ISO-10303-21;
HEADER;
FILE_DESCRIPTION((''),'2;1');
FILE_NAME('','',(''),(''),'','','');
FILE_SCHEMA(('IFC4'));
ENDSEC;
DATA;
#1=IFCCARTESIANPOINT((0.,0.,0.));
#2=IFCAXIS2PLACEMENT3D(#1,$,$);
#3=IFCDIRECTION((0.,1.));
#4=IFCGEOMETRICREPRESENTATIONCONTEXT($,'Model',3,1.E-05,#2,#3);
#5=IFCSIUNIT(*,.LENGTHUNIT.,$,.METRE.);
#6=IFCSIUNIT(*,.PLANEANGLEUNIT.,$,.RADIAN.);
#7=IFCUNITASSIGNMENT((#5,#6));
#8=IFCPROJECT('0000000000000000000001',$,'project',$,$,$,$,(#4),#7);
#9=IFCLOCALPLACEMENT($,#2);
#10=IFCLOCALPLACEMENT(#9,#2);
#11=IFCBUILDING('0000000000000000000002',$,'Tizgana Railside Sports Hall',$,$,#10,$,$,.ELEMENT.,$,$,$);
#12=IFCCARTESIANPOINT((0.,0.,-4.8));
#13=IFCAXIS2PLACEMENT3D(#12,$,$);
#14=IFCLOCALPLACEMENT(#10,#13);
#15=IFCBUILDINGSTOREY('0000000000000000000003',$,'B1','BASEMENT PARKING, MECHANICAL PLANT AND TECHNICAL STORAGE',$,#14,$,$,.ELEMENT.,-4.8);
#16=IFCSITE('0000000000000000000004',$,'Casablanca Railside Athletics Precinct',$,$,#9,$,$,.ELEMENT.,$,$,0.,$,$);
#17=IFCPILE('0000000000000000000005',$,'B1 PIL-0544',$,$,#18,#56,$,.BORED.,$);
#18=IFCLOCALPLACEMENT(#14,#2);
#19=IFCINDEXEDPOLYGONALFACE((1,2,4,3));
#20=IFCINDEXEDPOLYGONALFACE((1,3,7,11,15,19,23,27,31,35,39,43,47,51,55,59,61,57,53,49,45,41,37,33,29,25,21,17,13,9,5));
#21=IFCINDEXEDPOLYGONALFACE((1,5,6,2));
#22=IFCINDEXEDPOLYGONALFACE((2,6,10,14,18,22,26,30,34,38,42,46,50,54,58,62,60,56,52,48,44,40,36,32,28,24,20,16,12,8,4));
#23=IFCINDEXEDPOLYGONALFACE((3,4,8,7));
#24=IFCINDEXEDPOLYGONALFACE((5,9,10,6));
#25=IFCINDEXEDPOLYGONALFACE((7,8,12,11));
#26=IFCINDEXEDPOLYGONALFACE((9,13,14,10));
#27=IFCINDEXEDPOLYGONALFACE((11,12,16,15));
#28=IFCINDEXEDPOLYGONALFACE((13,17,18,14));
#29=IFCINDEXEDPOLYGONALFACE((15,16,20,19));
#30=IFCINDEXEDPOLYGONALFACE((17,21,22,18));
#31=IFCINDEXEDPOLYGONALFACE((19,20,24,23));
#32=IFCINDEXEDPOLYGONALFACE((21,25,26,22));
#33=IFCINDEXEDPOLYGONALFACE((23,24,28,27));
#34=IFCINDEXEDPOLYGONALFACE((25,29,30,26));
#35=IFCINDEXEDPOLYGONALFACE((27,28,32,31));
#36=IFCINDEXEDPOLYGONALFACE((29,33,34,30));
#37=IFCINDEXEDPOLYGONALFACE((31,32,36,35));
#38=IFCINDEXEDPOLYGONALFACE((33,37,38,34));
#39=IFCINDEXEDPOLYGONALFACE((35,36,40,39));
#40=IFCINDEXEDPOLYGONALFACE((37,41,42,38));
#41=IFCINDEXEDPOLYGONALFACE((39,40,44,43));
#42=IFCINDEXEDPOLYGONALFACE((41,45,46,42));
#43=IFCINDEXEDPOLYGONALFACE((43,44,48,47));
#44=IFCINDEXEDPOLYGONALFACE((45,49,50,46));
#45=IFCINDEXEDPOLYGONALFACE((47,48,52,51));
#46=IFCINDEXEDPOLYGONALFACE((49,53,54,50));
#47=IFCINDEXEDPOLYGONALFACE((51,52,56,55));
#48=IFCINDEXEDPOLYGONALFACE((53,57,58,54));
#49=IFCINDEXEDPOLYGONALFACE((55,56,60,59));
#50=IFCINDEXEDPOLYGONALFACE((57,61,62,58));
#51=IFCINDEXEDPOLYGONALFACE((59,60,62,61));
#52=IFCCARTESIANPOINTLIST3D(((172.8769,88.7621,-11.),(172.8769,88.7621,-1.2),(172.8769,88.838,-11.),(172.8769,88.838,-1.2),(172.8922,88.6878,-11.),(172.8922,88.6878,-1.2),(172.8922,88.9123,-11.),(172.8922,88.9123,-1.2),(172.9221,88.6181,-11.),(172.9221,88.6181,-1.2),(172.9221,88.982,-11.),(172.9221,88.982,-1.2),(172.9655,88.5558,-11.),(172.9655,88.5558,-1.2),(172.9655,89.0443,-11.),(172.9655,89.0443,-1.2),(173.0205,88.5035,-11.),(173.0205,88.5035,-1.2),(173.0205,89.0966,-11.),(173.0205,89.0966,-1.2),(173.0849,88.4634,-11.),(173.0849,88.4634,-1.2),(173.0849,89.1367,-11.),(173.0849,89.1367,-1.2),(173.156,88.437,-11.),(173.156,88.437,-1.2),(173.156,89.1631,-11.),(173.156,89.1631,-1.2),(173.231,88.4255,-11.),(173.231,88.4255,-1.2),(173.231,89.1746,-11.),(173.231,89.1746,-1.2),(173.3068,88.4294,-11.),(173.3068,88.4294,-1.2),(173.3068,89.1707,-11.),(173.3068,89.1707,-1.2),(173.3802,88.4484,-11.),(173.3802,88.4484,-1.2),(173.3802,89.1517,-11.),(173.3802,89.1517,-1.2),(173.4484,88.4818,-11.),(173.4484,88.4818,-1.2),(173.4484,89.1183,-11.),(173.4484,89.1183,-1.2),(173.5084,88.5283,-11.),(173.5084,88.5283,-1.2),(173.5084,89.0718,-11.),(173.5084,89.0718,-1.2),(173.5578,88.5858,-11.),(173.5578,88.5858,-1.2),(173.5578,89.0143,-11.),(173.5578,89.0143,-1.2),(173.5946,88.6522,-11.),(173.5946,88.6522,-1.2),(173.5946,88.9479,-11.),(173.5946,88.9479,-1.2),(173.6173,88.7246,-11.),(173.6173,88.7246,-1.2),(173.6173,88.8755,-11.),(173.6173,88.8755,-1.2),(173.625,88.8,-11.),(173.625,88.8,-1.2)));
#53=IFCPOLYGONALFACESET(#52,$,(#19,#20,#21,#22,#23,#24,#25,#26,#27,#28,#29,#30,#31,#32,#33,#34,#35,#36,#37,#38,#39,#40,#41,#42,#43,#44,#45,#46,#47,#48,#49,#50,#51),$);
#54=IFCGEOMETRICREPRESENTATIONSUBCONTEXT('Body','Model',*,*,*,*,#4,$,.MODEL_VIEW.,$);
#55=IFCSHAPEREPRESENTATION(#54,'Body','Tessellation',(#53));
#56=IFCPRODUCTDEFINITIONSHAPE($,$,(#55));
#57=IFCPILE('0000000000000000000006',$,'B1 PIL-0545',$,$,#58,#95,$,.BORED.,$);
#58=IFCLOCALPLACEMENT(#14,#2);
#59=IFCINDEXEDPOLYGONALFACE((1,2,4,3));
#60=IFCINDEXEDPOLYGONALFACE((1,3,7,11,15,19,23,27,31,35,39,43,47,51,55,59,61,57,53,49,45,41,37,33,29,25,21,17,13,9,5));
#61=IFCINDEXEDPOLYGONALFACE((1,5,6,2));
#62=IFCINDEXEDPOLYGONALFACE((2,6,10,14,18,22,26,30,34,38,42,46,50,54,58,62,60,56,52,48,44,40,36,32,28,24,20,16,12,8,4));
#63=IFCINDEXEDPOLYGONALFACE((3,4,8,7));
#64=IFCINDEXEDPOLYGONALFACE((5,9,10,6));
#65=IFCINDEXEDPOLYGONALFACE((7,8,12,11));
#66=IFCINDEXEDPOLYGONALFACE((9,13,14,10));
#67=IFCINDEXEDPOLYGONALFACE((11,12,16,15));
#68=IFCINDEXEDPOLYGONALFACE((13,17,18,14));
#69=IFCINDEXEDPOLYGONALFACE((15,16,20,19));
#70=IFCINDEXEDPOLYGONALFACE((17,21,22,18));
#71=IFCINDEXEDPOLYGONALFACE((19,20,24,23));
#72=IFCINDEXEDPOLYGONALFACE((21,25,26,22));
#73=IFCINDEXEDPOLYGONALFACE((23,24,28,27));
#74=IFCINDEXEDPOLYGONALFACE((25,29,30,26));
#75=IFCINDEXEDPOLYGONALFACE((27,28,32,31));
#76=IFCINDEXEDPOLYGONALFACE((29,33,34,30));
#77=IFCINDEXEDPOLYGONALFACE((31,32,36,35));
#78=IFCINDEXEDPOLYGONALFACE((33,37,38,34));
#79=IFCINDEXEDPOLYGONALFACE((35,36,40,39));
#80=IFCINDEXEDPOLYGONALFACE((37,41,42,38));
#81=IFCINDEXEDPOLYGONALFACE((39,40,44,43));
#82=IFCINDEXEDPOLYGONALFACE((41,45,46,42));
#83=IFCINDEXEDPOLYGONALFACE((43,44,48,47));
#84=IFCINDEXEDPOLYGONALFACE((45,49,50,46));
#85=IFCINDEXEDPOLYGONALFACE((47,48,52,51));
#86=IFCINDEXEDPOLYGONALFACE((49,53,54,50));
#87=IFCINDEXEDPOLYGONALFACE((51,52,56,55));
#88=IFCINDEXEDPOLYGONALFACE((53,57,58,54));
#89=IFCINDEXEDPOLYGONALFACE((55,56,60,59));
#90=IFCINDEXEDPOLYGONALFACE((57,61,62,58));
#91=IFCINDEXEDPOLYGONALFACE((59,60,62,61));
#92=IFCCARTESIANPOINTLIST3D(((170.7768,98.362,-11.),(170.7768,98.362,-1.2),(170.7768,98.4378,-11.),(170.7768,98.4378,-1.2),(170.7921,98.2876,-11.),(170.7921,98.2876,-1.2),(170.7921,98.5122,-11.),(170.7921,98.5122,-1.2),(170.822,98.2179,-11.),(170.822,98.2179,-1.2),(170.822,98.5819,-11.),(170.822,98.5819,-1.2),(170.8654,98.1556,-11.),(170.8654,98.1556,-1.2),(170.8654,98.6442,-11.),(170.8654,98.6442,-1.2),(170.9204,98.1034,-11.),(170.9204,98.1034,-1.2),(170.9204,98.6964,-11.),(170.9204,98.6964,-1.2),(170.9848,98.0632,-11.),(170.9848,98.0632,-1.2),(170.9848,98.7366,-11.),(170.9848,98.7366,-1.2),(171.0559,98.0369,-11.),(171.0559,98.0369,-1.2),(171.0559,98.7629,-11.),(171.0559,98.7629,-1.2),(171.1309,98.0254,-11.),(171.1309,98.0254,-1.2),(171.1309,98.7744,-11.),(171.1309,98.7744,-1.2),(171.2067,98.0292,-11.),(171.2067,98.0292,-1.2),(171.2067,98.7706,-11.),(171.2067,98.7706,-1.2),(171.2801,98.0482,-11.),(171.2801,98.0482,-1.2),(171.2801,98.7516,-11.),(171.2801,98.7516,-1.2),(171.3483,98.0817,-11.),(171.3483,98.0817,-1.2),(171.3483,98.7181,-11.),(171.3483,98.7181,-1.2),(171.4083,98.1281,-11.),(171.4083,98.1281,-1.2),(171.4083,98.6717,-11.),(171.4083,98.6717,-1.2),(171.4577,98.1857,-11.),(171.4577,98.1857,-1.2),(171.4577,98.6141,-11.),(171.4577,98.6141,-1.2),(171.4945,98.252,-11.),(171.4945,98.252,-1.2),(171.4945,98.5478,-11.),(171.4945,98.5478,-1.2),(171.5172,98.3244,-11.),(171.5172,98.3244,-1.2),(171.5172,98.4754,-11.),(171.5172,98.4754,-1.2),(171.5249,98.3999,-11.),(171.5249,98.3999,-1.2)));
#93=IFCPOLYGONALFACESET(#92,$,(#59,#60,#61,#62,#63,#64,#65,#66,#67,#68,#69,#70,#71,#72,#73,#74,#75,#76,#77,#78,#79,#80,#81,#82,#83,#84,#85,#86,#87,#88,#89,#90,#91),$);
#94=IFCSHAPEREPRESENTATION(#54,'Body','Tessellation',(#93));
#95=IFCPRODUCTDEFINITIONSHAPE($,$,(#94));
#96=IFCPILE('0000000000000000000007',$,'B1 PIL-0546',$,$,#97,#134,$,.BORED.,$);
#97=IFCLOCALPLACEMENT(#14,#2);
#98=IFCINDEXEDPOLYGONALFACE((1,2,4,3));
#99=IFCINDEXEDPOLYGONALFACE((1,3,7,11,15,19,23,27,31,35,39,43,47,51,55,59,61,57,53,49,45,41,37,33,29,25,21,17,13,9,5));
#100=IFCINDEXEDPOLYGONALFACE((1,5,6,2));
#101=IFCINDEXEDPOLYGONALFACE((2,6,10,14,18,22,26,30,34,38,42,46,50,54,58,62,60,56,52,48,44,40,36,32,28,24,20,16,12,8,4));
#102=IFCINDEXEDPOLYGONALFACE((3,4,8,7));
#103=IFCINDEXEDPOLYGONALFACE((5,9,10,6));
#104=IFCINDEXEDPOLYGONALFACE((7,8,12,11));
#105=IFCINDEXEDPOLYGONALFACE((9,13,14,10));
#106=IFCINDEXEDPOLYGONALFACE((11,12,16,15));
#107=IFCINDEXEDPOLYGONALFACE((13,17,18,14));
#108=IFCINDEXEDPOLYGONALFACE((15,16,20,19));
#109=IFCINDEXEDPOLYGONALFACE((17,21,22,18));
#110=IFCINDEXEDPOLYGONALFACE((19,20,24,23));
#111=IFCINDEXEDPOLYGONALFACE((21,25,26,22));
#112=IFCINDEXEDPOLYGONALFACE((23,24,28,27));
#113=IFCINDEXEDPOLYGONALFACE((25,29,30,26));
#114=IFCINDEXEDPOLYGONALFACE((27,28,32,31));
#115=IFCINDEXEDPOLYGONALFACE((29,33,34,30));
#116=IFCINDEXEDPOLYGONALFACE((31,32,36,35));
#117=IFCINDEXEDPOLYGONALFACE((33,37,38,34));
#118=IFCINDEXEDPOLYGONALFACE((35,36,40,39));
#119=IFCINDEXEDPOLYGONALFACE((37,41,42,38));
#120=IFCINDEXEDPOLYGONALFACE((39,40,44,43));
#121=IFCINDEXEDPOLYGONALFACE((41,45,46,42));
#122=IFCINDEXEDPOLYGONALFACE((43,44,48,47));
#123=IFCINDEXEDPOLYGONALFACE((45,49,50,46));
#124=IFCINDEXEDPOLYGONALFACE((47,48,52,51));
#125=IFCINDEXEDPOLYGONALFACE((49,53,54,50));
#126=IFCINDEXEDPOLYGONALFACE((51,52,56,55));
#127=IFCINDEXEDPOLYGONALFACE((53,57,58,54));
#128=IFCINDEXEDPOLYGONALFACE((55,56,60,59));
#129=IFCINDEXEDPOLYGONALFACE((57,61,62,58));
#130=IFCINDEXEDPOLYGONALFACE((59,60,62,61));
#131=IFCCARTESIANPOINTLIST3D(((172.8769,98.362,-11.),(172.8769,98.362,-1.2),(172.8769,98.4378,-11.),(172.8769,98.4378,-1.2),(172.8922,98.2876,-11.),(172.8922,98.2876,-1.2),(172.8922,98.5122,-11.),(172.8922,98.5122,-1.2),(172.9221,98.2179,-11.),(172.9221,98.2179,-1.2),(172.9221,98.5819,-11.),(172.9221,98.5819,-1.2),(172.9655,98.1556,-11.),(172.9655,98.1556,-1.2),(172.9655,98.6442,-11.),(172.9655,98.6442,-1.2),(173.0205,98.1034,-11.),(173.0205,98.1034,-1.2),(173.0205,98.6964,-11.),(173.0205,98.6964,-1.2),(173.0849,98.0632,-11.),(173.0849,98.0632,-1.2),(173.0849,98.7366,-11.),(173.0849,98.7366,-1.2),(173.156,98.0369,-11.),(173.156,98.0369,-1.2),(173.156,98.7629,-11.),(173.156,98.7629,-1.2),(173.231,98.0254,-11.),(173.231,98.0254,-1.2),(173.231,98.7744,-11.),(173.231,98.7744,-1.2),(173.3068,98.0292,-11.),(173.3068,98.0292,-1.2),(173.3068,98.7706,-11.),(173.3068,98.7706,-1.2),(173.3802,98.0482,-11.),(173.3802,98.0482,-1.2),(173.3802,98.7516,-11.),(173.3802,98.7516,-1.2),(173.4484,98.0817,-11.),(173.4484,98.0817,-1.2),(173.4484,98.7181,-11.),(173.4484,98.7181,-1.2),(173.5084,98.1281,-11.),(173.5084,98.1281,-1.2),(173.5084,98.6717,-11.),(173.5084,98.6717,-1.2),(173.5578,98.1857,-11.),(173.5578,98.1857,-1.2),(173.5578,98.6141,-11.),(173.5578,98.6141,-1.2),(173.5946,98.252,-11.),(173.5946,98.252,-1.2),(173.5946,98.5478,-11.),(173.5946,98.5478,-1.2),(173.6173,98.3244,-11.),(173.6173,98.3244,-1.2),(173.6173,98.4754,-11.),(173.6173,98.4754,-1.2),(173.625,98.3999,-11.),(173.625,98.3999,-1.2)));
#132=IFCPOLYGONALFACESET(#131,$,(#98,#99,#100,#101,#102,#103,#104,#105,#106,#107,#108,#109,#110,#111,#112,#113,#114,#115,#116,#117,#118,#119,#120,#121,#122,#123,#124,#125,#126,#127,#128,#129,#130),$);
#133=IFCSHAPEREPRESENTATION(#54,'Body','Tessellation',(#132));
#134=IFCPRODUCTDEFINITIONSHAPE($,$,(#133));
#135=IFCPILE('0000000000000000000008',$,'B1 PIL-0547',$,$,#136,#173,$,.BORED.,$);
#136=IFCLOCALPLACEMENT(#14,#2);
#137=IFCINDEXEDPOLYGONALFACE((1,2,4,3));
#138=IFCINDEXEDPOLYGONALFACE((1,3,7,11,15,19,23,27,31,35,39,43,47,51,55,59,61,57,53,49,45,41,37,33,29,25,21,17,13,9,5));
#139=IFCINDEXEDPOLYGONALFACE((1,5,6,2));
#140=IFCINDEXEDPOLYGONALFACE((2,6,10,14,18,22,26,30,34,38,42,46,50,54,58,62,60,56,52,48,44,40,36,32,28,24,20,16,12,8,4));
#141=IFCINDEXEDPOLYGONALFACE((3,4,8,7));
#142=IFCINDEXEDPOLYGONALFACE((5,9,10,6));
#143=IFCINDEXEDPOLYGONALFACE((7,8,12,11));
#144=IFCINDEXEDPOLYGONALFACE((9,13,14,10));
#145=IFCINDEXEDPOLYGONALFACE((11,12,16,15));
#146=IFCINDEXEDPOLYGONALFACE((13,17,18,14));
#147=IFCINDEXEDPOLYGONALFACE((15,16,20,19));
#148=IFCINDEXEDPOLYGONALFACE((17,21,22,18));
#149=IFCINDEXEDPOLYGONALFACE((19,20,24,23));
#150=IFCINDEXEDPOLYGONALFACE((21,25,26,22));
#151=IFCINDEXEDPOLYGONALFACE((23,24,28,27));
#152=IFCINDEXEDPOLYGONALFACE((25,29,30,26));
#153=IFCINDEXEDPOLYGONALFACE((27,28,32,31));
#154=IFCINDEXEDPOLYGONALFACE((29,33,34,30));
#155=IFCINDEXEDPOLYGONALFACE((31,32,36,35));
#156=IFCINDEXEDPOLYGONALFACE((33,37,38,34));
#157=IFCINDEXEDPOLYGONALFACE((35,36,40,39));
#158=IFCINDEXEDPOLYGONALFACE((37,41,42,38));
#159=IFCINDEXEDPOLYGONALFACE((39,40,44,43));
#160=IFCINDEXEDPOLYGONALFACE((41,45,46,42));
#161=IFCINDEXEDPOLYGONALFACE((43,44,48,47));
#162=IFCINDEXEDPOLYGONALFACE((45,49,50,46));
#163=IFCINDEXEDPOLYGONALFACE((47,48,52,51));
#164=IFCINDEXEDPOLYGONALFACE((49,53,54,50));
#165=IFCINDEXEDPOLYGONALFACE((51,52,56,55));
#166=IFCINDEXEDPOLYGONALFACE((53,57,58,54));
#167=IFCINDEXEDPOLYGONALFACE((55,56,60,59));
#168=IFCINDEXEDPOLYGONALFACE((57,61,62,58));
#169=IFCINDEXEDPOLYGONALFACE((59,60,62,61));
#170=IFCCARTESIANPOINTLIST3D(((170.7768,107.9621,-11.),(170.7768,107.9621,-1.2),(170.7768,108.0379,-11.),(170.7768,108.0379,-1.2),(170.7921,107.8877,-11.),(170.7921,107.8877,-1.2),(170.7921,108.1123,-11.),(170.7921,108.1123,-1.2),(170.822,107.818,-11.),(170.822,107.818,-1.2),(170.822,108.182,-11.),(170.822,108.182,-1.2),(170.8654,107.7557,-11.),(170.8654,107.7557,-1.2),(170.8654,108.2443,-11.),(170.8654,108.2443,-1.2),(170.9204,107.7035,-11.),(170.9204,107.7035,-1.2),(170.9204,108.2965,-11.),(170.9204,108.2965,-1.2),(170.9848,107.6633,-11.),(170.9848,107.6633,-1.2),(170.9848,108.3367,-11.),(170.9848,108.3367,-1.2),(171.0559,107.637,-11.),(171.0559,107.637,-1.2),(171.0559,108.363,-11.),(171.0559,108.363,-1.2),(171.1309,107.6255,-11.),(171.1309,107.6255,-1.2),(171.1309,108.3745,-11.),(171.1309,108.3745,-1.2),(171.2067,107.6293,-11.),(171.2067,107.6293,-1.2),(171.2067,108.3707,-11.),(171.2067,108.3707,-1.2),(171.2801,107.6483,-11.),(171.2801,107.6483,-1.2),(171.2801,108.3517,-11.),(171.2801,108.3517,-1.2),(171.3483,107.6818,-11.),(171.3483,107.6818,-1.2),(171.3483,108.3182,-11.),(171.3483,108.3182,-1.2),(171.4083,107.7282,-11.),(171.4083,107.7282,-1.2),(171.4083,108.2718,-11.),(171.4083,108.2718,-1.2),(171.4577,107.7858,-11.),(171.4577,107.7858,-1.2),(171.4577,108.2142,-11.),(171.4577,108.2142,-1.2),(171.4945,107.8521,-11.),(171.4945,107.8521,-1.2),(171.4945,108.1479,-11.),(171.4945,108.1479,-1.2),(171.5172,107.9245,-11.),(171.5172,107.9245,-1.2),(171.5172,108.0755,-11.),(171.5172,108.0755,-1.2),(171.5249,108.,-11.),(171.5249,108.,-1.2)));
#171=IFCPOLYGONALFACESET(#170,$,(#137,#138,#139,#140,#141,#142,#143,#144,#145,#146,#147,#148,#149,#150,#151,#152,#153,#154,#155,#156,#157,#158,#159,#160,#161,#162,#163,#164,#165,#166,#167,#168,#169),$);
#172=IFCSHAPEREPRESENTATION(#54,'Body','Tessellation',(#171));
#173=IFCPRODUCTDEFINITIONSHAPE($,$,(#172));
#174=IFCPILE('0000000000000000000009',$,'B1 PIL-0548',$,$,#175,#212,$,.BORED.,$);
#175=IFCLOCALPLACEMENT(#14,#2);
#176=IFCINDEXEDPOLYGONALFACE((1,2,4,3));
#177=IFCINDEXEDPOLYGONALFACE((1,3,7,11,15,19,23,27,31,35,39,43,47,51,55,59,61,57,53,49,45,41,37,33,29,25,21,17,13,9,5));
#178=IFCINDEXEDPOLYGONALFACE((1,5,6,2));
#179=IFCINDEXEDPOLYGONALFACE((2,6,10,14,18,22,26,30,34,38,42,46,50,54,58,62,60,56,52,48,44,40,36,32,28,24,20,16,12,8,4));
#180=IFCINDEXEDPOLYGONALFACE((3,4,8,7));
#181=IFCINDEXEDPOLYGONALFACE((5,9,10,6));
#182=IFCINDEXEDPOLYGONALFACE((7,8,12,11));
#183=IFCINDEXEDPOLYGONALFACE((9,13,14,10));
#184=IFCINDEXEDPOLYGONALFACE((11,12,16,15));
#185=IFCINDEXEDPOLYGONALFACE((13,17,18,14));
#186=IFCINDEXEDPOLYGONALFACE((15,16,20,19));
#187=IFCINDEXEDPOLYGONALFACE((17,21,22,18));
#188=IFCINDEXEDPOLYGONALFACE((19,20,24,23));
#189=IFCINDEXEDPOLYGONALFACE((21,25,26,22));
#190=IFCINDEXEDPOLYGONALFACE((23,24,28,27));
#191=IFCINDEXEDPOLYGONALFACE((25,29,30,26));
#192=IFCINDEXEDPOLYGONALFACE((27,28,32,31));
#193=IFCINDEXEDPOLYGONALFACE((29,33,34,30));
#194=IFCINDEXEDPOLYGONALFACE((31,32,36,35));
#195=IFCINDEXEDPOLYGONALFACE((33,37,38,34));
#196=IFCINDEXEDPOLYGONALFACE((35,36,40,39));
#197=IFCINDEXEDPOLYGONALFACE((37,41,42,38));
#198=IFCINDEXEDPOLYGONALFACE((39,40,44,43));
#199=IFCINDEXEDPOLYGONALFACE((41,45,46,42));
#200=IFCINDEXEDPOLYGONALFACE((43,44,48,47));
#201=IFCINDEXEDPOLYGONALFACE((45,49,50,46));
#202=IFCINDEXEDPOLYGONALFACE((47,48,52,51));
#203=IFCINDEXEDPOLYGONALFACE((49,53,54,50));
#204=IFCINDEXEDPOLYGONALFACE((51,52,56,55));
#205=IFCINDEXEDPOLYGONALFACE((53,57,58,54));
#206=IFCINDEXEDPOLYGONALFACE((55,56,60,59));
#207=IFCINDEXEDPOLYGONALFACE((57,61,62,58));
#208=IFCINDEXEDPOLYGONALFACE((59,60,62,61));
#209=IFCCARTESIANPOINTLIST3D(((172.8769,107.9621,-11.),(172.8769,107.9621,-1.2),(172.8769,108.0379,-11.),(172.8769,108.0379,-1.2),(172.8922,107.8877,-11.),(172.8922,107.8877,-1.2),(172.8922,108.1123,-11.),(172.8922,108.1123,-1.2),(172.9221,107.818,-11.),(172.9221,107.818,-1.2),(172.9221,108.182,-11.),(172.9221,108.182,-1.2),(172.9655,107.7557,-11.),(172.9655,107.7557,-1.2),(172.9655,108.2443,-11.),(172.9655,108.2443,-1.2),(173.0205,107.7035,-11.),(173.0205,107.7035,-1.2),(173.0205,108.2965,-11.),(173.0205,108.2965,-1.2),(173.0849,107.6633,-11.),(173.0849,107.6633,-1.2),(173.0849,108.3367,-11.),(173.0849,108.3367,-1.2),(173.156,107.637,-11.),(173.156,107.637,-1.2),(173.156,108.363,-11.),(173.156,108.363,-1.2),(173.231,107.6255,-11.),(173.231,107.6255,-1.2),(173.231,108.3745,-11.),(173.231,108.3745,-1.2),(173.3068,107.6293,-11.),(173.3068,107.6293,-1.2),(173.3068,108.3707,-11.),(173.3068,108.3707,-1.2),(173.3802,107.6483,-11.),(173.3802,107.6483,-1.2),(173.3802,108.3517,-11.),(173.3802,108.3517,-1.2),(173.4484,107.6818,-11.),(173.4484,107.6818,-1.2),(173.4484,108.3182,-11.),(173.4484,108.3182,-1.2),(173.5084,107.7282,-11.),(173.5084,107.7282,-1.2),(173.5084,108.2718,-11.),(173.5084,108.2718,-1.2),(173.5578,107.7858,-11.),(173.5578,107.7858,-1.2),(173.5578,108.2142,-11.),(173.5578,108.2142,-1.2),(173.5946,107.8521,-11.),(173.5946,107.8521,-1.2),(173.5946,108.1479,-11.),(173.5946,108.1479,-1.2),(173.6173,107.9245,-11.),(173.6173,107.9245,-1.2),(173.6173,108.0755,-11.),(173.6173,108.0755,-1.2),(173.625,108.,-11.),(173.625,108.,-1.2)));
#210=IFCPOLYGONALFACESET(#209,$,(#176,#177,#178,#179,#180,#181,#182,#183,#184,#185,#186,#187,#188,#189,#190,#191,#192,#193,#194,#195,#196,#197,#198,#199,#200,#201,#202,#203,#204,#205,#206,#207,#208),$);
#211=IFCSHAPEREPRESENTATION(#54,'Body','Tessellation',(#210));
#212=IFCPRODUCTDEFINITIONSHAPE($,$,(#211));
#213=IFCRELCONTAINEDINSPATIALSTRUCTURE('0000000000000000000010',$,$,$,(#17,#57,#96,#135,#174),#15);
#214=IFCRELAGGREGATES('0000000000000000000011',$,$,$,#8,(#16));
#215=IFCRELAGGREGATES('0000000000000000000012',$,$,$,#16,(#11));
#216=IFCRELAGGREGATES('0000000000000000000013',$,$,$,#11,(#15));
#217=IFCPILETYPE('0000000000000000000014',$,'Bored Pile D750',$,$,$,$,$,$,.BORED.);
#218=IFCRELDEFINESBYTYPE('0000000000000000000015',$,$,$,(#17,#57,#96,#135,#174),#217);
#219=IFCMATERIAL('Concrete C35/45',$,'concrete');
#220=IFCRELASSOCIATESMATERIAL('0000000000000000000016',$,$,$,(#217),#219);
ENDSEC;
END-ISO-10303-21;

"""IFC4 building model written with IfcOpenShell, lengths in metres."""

from ifc_helpers import new_model, si_unit, direction, frame, origin, origin_2d, place, context, subcontext, project, spatial, circle, extrude, material, material_profile, profile_set, type_object, element, save


model = new_model("IFC4")

# Units and contexts
model_context = context("Model", 3, precision=1e-05, world=origin(), true_north=direction((0.0, 1.0)))
body_context = subcontext(model_context, "Body", "Model", "MODEL_VIEW")
ifc_project = project(units=[si_unit("LENGTHUNIT", "METRE"), si_unit("PLANEANGLEUNIT", "RADIAN")], contexts=[model_context])

# Site, building, storey
site_placement = place(None, origin())
site = spatial("IfcSite", under=ifc_project, at=site_placement, Name="Casablanca Railside Athletics Precinct", CompositionType="ELEMENT", RefElevation=0.0)
building_placement = place(site_placement, origin())
building = spatial("IfcBuilding", under=site, at=building_placement, Name="Tizgana Railside Sports Hall", CompositionType="ELEMENT")
storey_placement = place(building_placement, frame((0.0, 0.0, -4.8)))
storey = spatial("IfcBuildingStorey", under=building, at=storey_placement, Name="B1", Description="BASEMENT PARKING, MECHANICAL PLANT AND TECHNICAL STORAGE", CompositionType="ELEMENT", Elevation=-4.8)

# Piles
ifc_material_1 = material(Name="Concrete C35/45", Category="concrete")
ifc_material_profile_1 = material_profile(ifc_material_1, circle(Radius=0.375, at=origin_2d()), Name="PILE D750")
ifc_profile_set_1 = profile_set([ifc_material_profile_1], Name="Concrete C35/45")
pile_type = type_object("IfcPileType", Name="Bored Pile D750", PredefinedType="BORED", material=ifc_profile_set_1)
for number, where, z_axis, x_axis, name in (
    (1, (173.25, 88.8, -1.2), (0.0, 0.0, -1.0), (1.0, 0.0, 0.0), "B1 PIL-0544"),
    (2, (171.1499, 98.3999, -1.2), (0.0, 0.0, -1.0), (1.0, 0.0, 0.0), "B1 PIL-0545"),
    (3, (173.25, 98.3999, -1.2), (0.0, 0.0, -1.0), (1.0, 0.0, 0.0), "B1 PIL-0546"),
    (4, (171.1499, 108.0, -1.2), (0.0, 0.0, -1.0), (1.0, 0.0, 0.0), "B1 PIL-0547"),
    (5, (173.25, 108.0, -1.2), (0.0, 0.0, -1.0), (1.0, 0.0, 0.0), "B1 PIL-0548"),
):
    element("IfcPile", number, at=place(storey_placement, frame(where, z_axis=z_axis, x_axis=x_axis)), inside=storey, type_object=pile_type, Name=name, PredefinedType="BORED", context=body_context, shape_type="SweptSolid", body=[
        extrude(circle(Radius=0.375, at=origin_2d()), origin(), (0.0, 0.0, 1.0), 9.8),
    ])

save(model, "model.ifc")
